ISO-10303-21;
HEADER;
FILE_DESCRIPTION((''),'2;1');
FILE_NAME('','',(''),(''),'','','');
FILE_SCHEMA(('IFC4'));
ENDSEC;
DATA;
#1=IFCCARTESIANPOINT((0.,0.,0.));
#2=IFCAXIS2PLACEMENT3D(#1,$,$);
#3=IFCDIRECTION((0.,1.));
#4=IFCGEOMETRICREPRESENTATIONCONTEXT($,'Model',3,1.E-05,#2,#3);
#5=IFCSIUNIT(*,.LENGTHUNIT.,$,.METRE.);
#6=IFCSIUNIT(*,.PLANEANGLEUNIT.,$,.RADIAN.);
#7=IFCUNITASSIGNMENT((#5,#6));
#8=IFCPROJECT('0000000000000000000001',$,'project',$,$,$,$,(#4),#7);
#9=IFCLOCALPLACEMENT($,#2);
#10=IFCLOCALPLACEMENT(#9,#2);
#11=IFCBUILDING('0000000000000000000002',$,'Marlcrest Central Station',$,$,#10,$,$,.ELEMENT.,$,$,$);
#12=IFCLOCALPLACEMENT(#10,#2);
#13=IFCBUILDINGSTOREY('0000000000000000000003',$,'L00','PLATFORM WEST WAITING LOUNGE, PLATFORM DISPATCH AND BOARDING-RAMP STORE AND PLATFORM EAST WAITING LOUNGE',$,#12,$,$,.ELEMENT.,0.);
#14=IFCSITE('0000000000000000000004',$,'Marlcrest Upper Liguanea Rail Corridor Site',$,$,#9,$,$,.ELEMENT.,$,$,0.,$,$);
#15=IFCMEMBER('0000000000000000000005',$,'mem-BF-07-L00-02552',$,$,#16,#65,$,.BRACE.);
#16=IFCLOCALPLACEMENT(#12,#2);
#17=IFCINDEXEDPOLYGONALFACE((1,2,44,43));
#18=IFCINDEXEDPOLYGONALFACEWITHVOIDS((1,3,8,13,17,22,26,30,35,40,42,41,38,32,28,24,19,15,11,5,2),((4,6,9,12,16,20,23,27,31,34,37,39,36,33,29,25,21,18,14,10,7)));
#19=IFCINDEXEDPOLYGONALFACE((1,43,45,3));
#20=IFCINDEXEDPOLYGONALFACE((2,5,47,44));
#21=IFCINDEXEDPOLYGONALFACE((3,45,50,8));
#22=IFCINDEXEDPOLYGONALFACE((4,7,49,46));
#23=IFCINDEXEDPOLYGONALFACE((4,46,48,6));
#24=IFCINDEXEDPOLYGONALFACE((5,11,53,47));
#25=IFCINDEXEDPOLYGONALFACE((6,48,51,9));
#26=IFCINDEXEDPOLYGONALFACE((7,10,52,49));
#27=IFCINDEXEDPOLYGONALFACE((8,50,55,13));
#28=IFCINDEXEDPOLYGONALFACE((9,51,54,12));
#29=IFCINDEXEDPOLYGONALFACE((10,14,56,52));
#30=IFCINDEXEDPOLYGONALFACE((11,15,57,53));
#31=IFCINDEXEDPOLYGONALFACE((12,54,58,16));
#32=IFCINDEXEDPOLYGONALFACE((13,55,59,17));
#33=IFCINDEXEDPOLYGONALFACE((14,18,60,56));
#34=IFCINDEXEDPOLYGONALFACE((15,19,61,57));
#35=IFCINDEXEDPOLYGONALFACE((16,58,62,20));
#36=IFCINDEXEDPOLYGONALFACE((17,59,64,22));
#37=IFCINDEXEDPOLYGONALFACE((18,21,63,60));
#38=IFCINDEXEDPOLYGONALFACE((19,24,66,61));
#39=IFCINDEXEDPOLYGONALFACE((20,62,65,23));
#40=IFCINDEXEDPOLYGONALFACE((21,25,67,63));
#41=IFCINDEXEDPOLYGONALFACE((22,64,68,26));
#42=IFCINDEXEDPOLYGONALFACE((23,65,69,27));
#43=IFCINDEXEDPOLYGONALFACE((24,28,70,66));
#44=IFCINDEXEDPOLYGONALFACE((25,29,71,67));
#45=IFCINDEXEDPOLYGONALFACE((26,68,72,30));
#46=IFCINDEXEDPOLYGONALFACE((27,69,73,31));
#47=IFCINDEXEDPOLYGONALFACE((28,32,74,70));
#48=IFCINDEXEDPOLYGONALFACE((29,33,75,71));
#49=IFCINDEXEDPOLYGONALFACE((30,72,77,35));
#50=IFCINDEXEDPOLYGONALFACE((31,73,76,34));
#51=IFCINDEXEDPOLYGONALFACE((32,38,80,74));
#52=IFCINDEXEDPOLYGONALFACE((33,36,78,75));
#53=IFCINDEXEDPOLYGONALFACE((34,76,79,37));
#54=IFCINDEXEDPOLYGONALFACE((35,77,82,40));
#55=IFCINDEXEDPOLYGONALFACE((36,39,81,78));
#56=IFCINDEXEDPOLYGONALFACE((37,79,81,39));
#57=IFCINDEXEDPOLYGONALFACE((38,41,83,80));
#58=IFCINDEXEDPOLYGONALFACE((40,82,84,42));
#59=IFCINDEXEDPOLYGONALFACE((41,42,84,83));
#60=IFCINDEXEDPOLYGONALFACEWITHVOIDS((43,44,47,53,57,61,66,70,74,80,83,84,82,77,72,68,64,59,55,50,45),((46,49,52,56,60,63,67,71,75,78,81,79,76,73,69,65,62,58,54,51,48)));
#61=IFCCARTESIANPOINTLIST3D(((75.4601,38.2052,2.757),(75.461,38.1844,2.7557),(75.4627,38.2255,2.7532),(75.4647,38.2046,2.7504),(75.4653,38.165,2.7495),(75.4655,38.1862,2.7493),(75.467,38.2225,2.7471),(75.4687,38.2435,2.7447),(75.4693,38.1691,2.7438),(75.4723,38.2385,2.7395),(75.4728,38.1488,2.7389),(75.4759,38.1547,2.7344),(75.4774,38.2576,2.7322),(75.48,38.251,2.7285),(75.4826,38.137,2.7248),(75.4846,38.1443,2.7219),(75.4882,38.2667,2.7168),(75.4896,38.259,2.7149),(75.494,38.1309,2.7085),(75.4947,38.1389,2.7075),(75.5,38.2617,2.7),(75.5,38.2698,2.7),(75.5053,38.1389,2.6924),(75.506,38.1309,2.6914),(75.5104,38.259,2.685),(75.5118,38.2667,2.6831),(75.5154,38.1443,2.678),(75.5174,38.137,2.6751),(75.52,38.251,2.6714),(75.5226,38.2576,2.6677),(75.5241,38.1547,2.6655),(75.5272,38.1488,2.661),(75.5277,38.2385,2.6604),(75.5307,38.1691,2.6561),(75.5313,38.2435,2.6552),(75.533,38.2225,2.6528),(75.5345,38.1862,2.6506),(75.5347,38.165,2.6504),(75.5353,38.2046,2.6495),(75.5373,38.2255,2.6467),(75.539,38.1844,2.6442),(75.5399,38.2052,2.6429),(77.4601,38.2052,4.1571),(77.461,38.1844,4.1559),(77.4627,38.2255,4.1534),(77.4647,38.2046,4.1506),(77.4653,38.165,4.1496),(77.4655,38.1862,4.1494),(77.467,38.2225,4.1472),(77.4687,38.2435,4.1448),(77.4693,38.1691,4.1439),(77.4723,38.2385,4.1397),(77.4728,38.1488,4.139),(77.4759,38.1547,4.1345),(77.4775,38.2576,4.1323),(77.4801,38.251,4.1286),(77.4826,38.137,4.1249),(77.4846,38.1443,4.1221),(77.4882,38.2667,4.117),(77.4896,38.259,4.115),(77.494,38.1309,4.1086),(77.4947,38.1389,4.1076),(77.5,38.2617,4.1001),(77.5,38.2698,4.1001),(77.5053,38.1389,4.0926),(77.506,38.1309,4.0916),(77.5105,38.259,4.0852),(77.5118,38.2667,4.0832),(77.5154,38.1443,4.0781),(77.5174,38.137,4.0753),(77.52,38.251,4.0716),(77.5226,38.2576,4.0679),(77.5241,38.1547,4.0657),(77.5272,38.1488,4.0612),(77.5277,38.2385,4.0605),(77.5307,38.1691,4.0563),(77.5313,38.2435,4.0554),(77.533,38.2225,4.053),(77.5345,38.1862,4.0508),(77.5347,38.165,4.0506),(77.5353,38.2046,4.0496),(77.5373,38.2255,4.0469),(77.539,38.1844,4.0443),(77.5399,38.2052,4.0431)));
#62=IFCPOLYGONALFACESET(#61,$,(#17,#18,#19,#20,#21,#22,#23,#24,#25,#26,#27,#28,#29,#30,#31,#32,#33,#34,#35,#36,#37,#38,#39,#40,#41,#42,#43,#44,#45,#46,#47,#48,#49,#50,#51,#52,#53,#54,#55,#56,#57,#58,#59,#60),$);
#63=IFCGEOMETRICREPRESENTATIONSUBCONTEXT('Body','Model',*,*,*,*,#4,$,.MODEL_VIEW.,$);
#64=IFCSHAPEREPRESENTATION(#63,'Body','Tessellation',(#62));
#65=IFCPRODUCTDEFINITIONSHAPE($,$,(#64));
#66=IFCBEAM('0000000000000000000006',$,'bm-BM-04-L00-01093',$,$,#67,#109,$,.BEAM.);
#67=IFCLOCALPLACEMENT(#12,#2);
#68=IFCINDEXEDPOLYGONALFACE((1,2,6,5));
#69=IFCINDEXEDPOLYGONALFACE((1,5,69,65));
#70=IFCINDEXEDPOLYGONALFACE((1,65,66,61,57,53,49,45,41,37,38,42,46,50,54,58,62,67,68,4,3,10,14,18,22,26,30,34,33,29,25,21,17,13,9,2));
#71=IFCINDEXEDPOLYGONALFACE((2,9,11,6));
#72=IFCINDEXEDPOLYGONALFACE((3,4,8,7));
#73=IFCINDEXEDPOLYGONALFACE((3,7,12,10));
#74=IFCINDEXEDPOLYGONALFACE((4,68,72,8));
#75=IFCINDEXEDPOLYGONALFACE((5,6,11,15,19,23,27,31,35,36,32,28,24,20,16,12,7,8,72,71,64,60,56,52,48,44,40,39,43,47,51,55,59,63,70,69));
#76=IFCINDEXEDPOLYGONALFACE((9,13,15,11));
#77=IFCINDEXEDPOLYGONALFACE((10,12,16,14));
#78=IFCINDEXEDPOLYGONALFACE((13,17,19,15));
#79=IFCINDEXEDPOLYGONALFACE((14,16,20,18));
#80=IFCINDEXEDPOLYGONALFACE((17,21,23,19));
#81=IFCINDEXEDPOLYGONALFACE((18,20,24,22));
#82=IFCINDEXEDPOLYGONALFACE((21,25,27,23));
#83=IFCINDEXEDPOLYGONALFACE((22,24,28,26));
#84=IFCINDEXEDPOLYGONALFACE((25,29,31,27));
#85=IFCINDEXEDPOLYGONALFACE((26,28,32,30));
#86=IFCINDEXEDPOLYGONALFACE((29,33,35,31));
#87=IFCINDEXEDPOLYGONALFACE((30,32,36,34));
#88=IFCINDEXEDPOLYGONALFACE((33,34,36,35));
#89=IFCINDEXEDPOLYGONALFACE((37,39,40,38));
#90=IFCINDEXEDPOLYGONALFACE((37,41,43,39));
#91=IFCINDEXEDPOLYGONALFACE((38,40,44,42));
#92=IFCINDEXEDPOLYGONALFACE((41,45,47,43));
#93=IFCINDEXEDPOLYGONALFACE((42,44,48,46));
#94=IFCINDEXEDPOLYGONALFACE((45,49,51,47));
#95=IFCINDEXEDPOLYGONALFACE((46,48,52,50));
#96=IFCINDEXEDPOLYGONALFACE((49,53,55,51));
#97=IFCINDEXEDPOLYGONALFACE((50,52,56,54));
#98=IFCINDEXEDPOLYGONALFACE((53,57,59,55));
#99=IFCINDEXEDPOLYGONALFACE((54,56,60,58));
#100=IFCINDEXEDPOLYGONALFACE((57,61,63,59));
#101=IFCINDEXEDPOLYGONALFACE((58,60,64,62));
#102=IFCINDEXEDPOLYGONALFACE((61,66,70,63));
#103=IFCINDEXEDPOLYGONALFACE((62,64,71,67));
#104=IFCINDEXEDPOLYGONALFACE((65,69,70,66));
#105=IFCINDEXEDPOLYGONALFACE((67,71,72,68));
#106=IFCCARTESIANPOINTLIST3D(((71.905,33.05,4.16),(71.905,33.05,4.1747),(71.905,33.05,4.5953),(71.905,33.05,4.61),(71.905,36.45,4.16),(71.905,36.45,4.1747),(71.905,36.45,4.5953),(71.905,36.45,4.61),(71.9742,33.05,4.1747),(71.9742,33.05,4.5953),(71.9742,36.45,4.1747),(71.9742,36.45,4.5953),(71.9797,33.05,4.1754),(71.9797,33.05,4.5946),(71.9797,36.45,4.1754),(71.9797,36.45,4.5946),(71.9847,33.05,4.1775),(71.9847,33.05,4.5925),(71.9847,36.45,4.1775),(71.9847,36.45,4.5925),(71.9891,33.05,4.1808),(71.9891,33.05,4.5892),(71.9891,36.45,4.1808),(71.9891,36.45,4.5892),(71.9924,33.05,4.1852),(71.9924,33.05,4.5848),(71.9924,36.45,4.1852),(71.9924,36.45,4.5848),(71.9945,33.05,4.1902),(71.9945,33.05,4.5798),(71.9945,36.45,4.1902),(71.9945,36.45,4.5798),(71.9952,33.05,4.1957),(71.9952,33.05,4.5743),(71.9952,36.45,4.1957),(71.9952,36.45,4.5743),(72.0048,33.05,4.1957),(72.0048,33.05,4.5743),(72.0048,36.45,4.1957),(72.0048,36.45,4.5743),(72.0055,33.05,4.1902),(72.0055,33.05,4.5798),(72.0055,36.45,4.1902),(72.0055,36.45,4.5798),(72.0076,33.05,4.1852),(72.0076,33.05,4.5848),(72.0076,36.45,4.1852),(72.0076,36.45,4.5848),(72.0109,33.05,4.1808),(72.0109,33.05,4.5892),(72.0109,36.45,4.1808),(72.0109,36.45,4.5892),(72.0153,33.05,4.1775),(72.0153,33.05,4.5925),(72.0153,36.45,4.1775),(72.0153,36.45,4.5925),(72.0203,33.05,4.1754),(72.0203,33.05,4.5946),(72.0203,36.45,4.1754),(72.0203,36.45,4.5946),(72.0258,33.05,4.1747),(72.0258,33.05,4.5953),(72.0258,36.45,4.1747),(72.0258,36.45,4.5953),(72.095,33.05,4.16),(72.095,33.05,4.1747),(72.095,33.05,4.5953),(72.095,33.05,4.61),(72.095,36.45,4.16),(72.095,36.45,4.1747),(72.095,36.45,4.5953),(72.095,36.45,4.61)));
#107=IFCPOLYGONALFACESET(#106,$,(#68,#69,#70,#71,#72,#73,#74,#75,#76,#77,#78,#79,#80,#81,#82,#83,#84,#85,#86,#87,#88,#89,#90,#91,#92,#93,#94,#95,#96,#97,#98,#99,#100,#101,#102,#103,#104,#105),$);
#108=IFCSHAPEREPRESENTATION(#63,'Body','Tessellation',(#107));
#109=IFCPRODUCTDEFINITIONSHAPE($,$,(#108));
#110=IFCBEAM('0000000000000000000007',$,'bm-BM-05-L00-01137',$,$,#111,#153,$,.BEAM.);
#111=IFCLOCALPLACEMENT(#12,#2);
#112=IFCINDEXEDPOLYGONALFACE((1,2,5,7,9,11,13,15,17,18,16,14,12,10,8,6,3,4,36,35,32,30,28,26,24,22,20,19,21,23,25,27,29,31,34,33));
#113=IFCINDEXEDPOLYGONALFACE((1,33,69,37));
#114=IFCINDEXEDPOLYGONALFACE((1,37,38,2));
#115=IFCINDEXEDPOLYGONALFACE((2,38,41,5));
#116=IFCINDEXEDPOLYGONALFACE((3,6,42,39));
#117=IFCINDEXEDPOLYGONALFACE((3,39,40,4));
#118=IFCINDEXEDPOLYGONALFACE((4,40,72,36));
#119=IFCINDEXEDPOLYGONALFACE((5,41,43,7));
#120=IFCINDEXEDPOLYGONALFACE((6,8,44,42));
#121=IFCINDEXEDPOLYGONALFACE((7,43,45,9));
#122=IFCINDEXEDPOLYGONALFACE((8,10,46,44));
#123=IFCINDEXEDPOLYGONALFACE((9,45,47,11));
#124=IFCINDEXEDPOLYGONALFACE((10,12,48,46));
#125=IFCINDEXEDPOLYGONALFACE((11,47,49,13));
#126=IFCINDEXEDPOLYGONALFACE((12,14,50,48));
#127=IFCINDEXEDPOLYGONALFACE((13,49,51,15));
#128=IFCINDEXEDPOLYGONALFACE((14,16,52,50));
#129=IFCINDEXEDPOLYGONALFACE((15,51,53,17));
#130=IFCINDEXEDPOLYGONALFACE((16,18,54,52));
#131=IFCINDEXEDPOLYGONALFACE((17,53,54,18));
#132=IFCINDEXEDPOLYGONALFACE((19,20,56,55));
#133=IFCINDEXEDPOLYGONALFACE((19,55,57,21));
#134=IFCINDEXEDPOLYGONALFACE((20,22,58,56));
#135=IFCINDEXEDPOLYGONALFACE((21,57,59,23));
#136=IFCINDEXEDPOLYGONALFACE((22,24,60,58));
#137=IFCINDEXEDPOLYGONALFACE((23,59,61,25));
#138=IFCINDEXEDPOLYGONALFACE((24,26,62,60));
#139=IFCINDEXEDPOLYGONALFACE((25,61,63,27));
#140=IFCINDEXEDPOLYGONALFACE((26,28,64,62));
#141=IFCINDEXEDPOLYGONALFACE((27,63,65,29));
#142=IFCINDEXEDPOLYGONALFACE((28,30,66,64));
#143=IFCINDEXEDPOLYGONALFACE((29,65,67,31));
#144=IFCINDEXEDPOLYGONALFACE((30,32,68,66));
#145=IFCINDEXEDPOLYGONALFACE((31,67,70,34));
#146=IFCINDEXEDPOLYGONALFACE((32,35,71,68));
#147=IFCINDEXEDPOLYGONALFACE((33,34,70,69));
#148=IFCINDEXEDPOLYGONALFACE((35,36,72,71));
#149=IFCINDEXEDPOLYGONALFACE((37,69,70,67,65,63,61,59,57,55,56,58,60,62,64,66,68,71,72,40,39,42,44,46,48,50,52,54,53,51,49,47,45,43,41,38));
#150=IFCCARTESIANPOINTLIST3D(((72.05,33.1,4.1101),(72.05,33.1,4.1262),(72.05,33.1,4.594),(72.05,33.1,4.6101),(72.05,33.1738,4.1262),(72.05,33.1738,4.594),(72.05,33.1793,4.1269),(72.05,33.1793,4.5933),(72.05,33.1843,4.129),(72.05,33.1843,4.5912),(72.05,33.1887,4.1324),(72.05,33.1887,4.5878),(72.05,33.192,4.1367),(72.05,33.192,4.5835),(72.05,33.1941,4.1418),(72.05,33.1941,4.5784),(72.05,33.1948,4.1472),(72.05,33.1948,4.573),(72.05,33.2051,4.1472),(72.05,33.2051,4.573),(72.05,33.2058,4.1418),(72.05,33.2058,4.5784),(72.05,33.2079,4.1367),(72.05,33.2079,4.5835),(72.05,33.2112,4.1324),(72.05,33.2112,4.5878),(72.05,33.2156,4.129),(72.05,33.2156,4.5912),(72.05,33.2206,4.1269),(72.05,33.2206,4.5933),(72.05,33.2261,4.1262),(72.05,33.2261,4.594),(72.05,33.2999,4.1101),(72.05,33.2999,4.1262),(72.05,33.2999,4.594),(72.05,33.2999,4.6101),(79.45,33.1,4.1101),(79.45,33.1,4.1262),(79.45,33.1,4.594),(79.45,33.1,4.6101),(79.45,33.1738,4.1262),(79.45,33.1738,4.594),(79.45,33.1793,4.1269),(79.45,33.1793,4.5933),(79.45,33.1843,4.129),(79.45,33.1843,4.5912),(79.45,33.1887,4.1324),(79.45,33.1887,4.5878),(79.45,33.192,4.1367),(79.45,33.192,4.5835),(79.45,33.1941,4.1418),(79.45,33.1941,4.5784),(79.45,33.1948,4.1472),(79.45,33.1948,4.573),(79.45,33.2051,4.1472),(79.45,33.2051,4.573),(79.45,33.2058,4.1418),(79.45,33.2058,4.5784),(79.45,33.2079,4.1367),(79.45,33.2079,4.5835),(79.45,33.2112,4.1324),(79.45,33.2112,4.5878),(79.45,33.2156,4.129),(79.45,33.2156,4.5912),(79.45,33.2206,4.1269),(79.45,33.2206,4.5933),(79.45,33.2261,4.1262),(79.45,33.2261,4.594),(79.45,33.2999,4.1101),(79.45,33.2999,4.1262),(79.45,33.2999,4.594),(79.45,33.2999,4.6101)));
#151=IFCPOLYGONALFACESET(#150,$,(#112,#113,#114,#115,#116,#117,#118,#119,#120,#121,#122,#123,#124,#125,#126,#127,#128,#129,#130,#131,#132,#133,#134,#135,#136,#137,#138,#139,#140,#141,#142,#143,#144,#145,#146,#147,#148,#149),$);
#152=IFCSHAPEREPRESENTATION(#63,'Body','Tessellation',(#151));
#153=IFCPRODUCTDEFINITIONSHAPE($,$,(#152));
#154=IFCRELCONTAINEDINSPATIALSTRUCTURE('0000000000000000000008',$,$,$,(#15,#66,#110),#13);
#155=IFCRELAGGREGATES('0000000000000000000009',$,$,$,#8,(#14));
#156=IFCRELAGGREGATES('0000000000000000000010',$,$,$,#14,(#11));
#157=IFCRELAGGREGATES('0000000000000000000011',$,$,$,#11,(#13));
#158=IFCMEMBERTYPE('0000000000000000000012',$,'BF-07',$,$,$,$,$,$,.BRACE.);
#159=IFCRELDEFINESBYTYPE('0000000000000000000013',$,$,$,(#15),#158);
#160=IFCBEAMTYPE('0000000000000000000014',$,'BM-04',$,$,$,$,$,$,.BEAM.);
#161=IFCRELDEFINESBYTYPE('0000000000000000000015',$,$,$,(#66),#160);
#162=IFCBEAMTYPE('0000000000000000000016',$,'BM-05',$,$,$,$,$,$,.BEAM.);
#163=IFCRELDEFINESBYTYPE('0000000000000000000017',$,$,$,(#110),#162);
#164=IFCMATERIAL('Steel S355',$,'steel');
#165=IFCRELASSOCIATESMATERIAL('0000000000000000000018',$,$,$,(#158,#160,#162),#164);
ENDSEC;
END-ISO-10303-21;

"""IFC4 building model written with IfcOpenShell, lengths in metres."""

from ifc_helpers import new_model, si_unit, direction, frame, origin, origin_2d, place, context, subcontext, project, spatial, hollow_circle, i_section, extrude, material, material_profile, profile_set, type_object, element, save


model = new_model("IFC4")

# Units and contexts
model_context = context("Model", 3, precision=1e-05, world=origin(), true_north=direction((0.0, 1.0)))
body_context = subcontext(model_context, "Body", "Model", "MODEL_VIEW")
ifc_project = project(units=[si_unit("LENGTHUNIT", "METRE"), si_unit("PLANEANGLEUNIT", "RADIAN")], contexts=[model_context])

# Site, building, storey
site_placement = place(None, origin())
site = spatial("IfcSite", under=ifc_project, at=site_placement, Name="Marlcrest Upper Liguanea Rail Corridor Site", CompositionType="ELEMENT", RefElevation=0.0)
building_placement = place(site_placement, origin())
building = spatial("IfcBuilding", under=site, at=building_placement, Name="Marlcrest Central Station", CompositionType="ELEMENT")
storey_placement = place(building_placement, origin())
storey = spatial("IfcBuildingStorey", under=building, at=storey_placement, Name="L00", Description="PLATFORM WEST WAITING LOUNGE, PLATFORM DISPATCH AND BOARDING-RAMP STORE AND PLATFORM EAST WAITING LOUNGE", CompositionType="ELEMENT", Elevation=0.0)

# Shared definitions
ifc_material_1 = material(Name="Steel S355", Category="steel")

# Member
ifc_material_profile_1 = material_profile(ifc_material_1, hollow_circle(Radius=0.0698, WallThickness=0.0081, at=origin_2d()), Name="CHS 139.7x8")
ifc_profile_set_1 = profile_set([ifc_material_profile_1], Name="Steel S355")
member_type = type_object("IfcMemberType", Name="BF-07", PredefinedType="BRACE", material=ifc_profile_set_1)
member_placement = place(storey_placement, frame((75.5, 38.2, 2.7), z_axis=(0.819204, 0.0, 0.573503), x_axis=(0.0, 1.0, 0.0)))
element("IfcMember", 1, at=member_placement, inside=storey, type_object=member_type, Name="mem-BF-07-L00-02552", PredefinedType="BRACE", context=body_context, shape_type="SweptSolid", body=[
    extrude(hollow_circle(Radius=0.0698, WallThickness=0.0081, at=origin_2d()), origin(), (0.0, 0.0, 1.0), 2.4414),
])

# Beams
ifc_material_profile_2 = material_profile(ifc_material_1, i_section(OverallWidth=0.1899, OverallDepth=0.45, WebThickness=0.0095, FlangeThickness=0.0146, FilletRadius=0.021, at=origin_2d()), Name="IPE 450")
ifc_profile_set_2 = profile_set([ifc_material_profile_2], Name="Steel S355")
beam_type_1 = type_object("IfcBeamType", Name="BM-04", PredefinedType="BEAM", material=ifc_profile_set_2)
beam_1_placement = place(storey_placement, frame((72.0, 33.05, 4.385), z_axis=(0.0, 1.0, 0.0), x_axis=(-1.0, 0.0, 0.0)))
element("IfcBeam", 2, at=beam_1_placement, inside=storey, type_object=beam_type_1, Name="bm-BM-04-L00-01093", PredefinedType="BEAM", context=body_context, shape_type="SweptSolid", body=[
    extrude(i_section(OverallWidth=0.1899, OverallDepth=0.45, WebThickness=0.0095, FlangeThickness=0.0146, FilletRadius=0.021, at=origin_2d()), origin(), (0.0, 0.0, 1.0), 3.3999),
])
ifc_material_profile_3 = material_profile(ifc_material_1, i_section(OverallWidth=0.2, OverallDepth=0.5, WebThickness=0.0103, FlangeThickness=0.0161, FilletRadius=0.021, at=origin_2d()), Name="IPE 500")
ifc_profile_set_3 = profile_set([ifc_material_profile_3], Name="Steel S355")
beam_type_2 = type_object("IfcBeamType", Name="BM-05", PredefinedType="BEAM", material=ifc_profile_set_3)
beam_2_placement = place(storey_placement, frame((72.05, 33.2, 4.3601), z_axis=(1.0, 0.0, 0.0), x_axis=(0.0, 1.0, 0.0)))
element("IfcBeam", 3, at=beam_2_placement, inside=storey, type_object=beam_type_2, Name="bm-BM-05-L00-01137", PredefinedType="BEAM", context=body_context, shape_type="SweptSolid", body=[
    extrude(i_section(OverallWidth=0.2, OverallDepth=0.5, WebThickness=0.0103, FlangeThickness=0.0161, FilletRadius=0.021, at=origin_2d()), origin(), (0.0, 0.0, 1.0), 7.3999),
])

save(model, "model.ifc")
